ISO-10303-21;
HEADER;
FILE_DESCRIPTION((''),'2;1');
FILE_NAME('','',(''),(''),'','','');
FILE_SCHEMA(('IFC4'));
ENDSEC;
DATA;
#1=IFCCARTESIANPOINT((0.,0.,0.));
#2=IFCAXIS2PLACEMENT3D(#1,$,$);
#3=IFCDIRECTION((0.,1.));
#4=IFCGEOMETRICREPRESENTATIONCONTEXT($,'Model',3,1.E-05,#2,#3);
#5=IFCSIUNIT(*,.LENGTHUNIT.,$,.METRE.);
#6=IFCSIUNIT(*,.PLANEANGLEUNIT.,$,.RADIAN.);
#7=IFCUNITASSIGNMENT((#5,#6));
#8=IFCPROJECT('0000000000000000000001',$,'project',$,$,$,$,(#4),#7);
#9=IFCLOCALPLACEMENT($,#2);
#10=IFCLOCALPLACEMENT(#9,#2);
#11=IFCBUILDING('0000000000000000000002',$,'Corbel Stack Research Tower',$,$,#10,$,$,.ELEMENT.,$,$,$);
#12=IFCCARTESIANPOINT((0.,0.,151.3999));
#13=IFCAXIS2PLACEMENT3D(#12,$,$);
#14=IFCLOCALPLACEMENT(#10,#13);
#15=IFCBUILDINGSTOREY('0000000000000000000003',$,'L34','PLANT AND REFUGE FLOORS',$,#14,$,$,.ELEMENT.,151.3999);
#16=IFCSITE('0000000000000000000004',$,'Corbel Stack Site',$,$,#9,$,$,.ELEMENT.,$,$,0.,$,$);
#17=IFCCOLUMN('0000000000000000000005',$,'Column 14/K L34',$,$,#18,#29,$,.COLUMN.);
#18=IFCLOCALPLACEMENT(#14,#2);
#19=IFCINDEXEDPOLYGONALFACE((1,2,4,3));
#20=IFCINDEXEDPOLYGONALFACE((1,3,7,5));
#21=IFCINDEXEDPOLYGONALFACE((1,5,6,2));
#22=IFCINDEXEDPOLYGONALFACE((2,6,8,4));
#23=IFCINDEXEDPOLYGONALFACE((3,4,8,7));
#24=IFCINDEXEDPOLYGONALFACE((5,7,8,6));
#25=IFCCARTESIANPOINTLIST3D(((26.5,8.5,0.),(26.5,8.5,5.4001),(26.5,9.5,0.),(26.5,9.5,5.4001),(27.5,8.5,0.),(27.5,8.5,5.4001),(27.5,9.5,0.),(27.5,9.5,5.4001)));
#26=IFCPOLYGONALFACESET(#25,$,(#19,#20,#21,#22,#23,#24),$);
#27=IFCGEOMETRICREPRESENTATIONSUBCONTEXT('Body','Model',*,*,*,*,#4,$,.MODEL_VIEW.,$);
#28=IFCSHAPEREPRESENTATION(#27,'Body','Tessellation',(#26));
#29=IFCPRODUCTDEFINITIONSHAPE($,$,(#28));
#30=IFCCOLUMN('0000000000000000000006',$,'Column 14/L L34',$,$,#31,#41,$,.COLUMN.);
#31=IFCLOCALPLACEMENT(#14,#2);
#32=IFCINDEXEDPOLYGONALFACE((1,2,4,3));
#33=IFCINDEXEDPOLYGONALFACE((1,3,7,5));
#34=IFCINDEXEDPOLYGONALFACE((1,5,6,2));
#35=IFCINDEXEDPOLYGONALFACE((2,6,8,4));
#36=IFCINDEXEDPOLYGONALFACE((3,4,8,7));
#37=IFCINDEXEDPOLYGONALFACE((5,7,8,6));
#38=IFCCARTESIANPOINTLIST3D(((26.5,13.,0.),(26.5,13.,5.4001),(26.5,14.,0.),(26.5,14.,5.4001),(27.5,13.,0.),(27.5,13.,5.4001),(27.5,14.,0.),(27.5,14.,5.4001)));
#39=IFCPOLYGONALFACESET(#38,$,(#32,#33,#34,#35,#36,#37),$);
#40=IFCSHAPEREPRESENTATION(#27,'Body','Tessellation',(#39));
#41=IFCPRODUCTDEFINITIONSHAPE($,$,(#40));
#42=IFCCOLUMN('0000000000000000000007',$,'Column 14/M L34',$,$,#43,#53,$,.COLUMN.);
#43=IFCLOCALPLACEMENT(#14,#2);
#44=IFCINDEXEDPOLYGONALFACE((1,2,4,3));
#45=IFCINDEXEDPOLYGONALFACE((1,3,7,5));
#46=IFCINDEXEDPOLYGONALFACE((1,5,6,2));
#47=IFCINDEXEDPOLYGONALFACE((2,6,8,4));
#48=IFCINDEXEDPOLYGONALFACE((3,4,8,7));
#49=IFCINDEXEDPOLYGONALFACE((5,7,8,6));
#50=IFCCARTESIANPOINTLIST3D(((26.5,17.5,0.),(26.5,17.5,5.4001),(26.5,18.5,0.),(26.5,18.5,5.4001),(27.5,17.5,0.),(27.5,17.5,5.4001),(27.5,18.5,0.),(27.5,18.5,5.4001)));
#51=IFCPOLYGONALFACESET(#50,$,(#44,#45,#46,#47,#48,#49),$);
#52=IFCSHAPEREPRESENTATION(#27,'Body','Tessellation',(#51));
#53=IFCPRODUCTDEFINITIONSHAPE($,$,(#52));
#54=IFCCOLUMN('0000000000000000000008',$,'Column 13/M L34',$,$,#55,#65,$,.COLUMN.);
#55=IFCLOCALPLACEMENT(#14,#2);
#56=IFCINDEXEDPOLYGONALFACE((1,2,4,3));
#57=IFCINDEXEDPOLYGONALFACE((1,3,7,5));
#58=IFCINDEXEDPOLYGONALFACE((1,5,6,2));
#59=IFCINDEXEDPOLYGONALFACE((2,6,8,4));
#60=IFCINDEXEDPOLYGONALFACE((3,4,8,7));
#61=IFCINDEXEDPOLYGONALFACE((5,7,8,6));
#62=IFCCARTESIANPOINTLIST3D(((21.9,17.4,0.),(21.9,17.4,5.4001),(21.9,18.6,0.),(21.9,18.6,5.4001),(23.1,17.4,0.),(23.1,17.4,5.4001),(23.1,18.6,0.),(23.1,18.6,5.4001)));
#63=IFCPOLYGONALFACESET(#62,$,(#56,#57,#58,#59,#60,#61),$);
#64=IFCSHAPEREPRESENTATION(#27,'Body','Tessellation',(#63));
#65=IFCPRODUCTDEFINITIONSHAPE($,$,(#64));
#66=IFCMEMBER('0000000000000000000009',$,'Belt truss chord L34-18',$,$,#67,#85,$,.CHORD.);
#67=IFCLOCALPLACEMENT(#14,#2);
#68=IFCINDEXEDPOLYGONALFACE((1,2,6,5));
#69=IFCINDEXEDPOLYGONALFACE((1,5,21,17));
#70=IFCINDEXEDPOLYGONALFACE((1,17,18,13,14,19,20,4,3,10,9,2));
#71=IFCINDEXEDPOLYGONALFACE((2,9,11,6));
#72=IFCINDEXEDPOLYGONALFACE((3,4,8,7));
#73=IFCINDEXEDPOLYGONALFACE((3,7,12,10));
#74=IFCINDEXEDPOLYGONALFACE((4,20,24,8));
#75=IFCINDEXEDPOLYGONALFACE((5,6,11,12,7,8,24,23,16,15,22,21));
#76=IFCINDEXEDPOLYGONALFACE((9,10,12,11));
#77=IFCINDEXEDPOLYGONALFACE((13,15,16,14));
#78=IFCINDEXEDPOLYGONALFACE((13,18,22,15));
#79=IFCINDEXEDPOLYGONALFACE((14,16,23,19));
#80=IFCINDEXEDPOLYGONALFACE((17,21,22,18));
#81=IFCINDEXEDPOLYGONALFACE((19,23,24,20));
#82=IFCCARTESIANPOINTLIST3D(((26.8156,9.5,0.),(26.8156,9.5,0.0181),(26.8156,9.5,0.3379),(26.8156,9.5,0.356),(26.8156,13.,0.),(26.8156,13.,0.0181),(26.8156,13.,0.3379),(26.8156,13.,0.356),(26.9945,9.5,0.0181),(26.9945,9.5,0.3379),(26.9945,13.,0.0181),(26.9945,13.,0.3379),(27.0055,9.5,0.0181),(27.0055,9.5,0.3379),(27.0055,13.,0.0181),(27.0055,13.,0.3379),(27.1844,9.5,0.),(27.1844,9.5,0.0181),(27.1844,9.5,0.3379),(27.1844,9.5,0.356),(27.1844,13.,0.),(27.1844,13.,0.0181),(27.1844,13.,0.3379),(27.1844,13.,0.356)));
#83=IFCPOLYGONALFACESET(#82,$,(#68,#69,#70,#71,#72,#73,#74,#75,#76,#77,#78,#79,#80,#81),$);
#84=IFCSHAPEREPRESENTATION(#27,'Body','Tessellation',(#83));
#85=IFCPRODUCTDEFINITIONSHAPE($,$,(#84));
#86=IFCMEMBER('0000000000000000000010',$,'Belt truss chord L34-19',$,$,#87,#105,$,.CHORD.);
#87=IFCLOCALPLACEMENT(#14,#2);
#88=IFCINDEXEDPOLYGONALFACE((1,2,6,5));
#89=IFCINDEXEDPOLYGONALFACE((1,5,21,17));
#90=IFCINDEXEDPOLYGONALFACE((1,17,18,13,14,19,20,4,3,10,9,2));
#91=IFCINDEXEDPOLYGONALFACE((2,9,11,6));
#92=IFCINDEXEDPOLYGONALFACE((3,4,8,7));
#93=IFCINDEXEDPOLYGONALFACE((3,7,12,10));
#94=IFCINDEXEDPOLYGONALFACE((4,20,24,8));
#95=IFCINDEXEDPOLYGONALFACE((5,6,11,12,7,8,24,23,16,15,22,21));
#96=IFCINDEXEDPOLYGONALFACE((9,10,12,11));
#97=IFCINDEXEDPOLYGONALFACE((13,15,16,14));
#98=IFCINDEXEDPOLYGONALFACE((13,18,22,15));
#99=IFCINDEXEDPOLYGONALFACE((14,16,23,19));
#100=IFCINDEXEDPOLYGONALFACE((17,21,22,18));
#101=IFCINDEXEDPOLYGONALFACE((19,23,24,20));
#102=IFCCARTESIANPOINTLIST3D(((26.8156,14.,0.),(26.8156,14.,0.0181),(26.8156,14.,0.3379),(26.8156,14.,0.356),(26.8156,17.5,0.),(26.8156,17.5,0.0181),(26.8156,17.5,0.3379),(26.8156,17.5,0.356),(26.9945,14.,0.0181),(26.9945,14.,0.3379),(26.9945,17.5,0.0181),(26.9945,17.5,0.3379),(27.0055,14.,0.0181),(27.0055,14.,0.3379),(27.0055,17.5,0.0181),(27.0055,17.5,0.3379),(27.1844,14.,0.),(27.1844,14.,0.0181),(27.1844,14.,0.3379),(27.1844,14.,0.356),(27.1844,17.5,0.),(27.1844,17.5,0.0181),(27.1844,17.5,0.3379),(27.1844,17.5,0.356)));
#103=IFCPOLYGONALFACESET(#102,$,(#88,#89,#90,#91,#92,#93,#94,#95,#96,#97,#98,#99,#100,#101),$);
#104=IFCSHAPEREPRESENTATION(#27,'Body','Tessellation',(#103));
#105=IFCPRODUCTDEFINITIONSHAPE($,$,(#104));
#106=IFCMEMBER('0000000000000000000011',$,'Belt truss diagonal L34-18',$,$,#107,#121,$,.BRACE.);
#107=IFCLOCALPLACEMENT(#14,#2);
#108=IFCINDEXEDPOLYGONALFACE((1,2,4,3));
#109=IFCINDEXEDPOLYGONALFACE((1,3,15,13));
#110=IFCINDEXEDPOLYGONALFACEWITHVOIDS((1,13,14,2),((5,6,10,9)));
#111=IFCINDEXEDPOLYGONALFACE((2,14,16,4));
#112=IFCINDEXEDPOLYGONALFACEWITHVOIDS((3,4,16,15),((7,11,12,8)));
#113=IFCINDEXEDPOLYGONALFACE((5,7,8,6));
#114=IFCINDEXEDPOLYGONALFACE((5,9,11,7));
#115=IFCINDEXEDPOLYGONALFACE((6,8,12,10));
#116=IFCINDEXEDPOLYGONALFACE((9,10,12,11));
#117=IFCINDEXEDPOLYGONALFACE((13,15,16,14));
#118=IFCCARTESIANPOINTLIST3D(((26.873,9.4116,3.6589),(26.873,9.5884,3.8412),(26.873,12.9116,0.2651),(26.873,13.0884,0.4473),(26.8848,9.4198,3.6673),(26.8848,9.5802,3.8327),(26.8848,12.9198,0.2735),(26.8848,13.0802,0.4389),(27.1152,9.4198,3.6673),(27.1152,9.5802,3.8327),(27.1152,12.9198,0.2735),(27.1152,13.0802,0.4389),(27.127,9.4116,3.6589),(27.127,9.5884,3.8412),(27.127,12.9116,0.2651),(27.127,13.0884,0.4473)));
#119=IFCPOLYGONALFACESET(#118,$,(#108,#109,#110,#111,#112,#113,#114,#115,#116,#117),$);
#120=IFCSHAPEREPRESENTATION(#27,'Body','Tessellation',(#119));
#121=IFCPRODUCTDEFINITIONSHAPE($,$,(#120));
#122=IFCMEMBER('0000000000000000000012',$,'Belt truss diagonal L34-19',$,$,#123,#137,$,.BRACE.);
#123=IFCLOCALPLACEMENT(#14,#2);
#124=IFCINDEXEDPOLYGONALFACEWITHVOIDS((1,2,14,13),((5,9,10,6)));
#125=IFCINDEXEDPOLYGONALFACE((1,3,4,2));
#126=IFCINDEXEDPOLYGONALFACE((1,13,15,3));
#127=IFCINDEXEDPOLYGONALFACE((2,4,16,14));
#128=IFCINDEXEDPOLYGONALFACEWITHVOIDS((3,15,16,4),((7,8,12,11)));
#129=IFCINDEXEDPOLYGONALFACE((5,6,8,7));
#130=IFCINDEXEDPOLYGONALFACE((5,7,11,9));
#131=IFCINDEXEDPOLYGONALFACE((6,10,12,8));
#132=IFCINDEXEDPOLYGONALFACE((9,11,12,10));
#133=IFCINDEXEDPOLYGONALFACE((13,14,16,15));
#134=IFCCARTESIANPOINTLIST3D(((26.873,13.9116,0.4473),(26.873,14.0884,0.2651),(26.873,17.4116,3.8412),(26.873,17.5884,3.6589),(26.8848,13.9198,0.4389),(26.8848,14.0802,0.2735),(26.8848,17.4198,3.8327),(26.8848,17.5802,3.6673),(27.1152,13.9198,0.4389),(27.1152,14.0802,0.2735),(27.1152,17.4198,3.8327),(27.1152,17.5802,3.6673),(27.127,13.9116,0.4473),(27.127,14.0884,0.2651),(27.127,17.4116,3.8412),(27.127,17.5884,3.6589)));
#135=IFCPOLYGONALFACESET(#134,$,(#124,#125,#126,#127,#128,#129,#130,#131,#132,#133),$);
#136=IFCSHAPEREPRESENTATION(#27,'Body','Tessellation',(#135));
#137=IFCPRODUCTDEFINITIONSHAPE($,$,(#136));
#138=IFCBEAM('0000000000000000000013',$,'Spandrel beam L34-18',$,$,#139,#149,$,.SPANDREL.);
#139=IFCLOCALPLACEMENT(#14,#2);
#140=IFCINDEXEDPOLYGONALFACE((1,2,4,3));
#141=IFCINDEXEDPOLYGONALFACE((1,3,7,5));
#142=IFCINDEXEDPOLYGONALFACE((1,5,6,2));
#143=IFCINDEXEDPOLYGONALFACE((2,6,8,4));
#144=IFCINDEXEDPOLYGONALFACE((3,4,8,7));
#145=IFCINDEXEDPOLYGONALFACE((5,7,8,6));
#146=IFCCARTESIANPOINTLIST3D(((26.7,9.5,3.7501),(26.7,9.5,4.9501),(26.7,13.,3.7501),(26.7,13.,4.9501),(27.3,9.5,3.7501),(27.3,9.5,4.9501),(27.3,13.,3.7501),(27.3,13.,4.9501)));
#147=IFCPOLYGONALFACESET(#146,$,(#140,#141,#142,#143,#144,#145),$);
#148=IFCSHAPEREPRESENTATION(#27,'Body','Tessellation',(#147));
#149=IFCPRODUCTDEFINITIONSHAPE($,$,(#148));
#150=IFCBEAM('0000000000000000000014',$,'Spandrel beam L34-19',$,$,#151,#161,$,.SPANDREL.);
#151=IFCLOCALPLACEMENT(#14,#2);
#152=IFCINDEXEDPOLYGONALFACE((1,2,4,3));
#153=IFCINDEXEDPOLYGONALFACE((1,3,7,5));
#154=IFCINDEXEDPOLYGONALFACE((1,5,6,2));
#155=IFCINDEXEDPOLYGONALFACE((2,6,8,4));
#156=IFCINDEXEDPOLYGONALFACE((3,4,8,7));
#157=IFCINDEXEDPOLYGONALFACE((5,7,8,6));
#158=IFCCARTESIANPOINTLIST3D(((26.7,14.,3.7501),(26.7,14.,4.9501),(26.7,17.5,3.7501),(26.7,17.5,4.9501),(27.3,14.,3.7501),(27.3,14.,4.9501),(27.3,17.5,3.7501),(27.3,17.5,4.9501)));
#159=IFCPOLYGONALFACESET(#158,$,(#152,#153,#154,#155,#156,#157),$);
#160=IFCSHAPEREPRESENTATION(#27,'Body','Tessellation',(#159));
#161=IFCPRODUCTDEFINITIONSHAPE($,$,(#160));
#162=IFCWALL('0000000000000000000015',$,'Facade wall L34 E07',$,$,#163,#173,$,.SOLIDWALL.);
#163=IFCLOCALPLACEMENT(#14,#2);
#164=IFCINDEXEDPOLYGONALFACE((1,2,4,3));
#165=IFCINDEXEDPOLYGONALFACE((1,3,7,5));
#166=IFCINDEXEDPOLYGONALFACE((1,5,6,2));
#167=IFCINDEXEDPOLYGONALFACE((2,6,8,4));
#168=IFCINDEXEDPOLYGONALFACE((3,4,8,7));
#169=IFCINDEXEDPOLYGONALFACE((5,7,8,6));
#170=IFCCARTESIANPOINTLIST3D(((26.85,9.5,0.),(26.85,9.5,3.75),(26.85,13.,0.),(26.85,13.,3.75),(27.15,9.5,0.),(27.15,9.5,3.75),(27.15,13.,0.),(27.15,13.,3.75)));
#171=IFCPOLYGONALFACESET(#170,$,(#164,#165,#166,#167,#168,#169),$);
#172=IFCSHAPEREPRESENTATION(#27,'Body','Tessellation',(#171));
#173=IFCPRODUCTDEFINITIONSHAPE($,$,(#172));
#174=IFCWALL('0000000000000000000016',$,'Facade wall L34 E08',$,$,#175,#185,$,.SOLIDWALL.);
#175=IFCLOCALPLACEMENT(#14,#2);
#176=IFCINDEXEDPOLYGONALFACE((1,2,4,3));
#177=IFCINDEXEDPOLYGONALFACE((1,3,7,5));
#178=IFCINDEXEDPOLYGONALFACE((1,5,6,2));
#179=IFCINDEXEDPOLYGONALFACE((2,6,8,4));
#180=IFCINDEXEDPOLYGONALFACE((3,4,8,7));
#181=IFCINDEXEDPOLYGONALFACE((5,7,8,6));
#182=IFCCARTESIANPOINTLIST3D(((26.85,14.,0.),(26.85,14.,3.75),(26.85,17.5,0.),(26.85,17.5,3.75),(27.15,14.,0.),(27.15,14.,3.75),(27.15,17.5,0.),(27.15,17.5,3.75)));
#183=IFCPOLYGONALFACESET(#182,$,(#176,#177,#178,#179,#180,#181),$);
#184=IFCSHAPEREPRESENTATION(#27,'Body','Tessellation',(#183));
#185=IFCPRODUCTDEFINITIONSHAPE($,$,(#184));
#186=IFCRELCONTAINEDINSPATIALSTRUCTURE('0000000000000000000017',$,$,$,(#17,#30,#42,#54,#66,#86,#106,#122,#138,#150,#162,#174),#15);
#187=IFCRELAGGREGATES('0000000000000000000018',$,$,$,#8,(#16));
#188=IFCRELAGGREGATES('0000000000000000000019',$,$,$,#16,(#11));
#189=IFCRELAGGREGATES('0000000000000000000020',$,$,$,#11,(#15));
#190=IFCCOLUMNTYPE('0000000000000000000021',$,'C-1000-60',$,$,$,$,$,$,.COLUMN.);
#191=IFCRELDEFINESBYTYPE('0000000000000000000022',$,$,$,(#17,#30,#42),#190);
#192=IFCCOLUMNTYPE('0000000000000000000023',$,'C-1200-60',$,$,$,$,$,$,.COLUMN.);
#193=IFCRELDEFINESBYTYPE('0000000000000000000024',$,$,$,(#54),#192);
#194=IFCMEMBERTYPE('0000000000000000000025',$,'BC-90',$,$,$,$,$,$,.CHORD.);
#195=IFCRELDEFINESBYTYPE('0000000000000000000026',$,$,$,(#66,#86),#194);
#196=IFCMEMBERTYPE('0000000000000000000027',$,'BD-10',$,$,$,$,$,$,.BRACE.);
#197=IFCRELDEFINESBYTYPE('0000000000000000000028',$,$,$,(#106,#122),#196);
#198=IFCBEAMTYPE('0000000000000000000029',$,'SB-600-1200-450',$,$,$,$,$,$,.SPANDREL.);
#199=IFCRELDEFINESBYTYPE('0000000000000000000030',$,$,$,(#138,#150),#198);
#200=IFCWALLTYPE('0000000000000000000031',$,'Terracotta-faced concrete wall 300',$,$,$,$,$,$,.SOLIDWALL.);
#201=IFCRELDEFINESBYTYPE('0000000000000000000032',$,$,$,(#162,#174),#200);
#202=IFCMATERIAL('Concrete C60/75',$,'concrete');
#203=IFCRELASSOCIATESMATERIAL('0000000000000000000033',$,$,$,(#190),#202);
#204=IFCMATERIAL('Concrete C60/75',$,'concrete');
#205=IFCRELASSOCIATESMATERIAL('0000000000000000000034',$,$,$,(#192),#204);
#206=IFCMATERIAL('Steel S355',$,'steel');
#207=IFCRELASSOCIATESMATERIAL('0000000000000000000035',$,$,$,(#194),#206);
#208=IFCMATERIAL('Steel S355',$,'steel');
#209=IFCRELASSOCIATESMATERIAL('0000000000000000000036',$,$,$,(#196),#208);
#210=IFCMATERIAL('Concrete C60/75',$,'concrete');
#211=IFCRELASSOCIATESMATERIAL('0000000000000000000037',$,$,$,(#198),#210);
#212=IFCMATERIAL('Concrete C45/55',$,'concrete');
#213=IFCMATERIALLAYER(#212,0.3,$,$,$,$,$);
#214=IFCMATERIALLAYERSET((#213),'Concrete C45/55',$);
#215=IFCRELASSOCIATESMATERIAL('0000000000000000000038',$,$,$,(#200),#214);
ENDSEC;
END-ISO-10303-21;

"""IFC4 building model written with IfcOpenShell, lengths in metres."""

from ifc_helpers import new_model, si_unit, direction, frame, frame_2d, origin, origin_2d, place, context, subcontext, project, spatial, rectangle, hollow_rectangle, i_section, extrude, material, layer, layer_set, material_profile, profile_set, type_object, element, save


model = new_model("IFC4")

# Units and contexts
model_context = context("Model", 3, precision=1e-05, world=origin(), true_north=direction((0.0, 1.0)))
body_context = subcontext(model_context, "Body", "Model", "MODEL_VIEW")
ifc_project = project(units=[si_unit("LENGTHUNIT", "METRE"), si_unit("PLANEANGLEUNIT", "RADIAN")], contexts=[model_context])

# Site, building, storey
site_placement = place(None, origin())
site = spatial("IfcSite", under=ifc_project, at=site_placement, Name="Corbel Stack Site", CompositionType="ELEMENT", RefElevation=0.0)
building_placement = place(site_placement, origin())
building = spatial("IfcBuilding", under=site, at=building_placement, Name="Corbel Stack Research Tower", CompositionType="ELEMENT")
storey_placement = place(building_placement, frame((0.0, 0.0, 151.3999)))
storey = spatial("IfcBuildingStorey", under=building, at=storey_placement, Name="L34", Description="PLANT AND REFUGE FLOORS", CompositionType="ELEMENT", Elevation=151.3999)

# Columns
ifc_material_1 = material(Name="Concrete C60/75", Category="concrete")
ifc_material_profile_1 = material_profile(ifc_material_1, rectangle(XDim=1.0, YDim=1.0, at=origin_2d()), Name="RC 1000 x 1000")
ifc_profile_set_1 = profile_set([ifc_material_profile_1], Name="Concrete C60/75")
column_type_1 = type_object("IfcColumnType", Name="C-1000-60", PredefinedType="COLUMN", material=ifc_profile_set_1)
for number, where, z_axis, x_axis, name in (
    (1, (27.0, 9.0, 0.0), (0.0, 0.0, 1.0), (1.0, 0.0, 0.0), "Column 14/K L34"),
    (2, (27.0, 13.5, 0.0), (0.0, 0.0, 1.0), (1.0, 0.0, 0.0), "Column 14/L L34"),
    (3, (27.0, 18.0, 0.0), (0.0, 0.0, 1.0), (1.0, 0.0, 0.0), "Column 14/M L34"),
):
    element("IfcColumn", number, at=place(storey_placement, frame(where, z_axis=z_axis, x_axis=x_axis)), inside=storey, type_object=column_type_1, Name=name, PredefinedType="COLUMN", context=body_context, shape_type="SweptSolid", body=[
        extrude(rectangle(XDim=1.0, YDim=1.0, at=origin_2d()), origin(), (0.0, 0.0, 1.0), 5.4001),
    ])
ifc_material_2 = material(Name="Concrete C60/75", Category="concrete")
ifc_material_profile_2 = material_profile(ifc_material_2, rectangle(XDim=1.2, YDim=1.2, at=origin_2d()), Name="RC 1200 x 1200")
ifc_profile_set_2 = profile_set([ifc_material_profile_2], Name="Concrete C60/75")
column_type_2 = type_object("IfcColumnType", Name="C-1200-60", PredefinedType="COLUMN", material=ifc_profile_set_2)
column_placement = place(storey_placement, frame((22.5, 18.0, 0.0), z_axis=(0.0, 0.0, 1.0), x_axis=(1.0, 0.0, 0.0)))
element("IfcColumn", 4, at=column_placement, inside=storey, type_object=column_type_2, Name="Column 13/M L34", PredefinedType="COLUMN", context=body_context, shape_type="SweptSolid", body=[
    extrude(rectangle(XDim=1.2, YDim=1.2, at=origin_2d()), origin(), (0.0, 0.0, 1.0), 5.4001),
])

# Members
ifc_material_3 = material(Name="Steel S355", Category="steel")
ifc_material_profile_3 = material_profile(ifc_material_3, i_section(OverallWidth=0.3689, OverallDepth=0.356, WebThickness=0.011, FlangeThickness=0.0181, at=origin_2d()), Name="W14x90")
ifc_profile_set_3 = profile_set([ifc_material_profile_3], Name="Steel S355")
member_type_1 = type_object("IfcMemberType", Name="BC-90", PredefinedType="CHORD", material=ifc_profile_set_3)
for number, where, z_axis, x_axis, name in (
    (5, (27.0, 9.5, 0.178), (0.0, 1.0, 0.0), (-1.0, 0.0, 0.0), "Belt truss chord L34-18"),
    (6, (27.0, 14.0, 0.178), (0.0, 1.0, 0.0), (-1.0, 0.0, 0.0), "Belt truss chord L34-19"),
):
    element("IfcMember", number, at=place(storey_placement, frame(where, z_axis=z_axis, x_axis=x_axis)), inside=storey, type_object=member_type_1, Name=name, PredefinedType="CHORD", context=body_context, shape_type="SweptSolid", body=[
        extrude(i_section(OverallWidth=0.3689, OverallDepth=0.356, WebThickness=0.011, FlangeThickness=0.0181, at=origin_2d()), origin(), (0.0, 0.0, 1.0), 3.5),
    ])
ifc_material_4 = material(Name="Steel S355", Category="steel")
ifc_material_profile_4 = material_profile(ifc_material_4, hollow_rectangle(XDim=0.2539, YDim=0.2539, WallThickness=0.0117, at=origin_2d()), Name="HSS10x10x1/2")
ifc_profile_set_4 = profile_set([ifc_material_profile_4], Name="Steel S355")
member_type_2 = type_object("IfcMemberType", Name="BD-10", PredefinedType="BRACE", material=ifc_profile_set_4)
for number, where, z_axis, x_axis, name in (
    (7, (27.0, 13.0, 0.3562), (0.0, -0.717915, 0.696131), (1.0, 0.0, 0.0), "Belt truss diagonal L34-18"),
    (8, (27.0, 14.0, 0.3562), (0.0, 0.717915, 0.696131), (-1.0, 0.0, 0.0), "Belt truss diagonal L34-19"),
):
    element("IfcMember", number, at=place(storey_placement, frame(where, z_axis=z_axis, x_axis=x_axis)), inside=storey, type_object=member_type_2, Name=name, PredefinedType="BRACE", context=body_context, shape_type="SweptSolid", body=[
        extrude(hollow_rectangle(XDim=0.2539, YDim=0.2539, WallThickness=0.0117, at=origin_2d()), origin(), (0.0, 0.0, 1.0), 4.8752),
    ])

# Beams
ifc_material_5 = material(Name="Concrete C60/75", Category="concrete")
ifc_material_profile_5 = material_profile(ifc_material_5, rectangle(XDim=0.6001, YDim=1.2, at=origin_2d()), Name="RC 600 x 1200")
ifc_profile_set_5 = profile_set([ifc_material_profile_5], Name="Concrete C60/75")
beam_type = type_object("IfcBeamType", Name="SB-600-1200-450", PredefinedType="SPANDREL", material=ifc_profile_set_5)
for number, where, z_axis, x_axis, name in (
    (9, (27.0, 9.5, 4.3501), (0.0, 1.0, 0.0), (-1.0, 0.0, 0.0), "Spandrel beam L34-18"),
    (10, (27.0, 14.0, 4.3501), (0.0, 1.0, 0.0), (-1.0, 0.0, 0.0), "Spandrel beam L34-19"),
):
    element("IfcBeam", number, at=place(storey_placement, frame(where, z_axis=z_axis, x_axis=x_axis)), inside=storey, type_object=beam_type, Name=name, PredefinedType="SPANDREL", context=body_context, shape_type="SweptSolid", body=[
        extrude(rectangle(XDim=0.6001, YDim=1.2, at=origin_2d()), origin(), (0.0, 0.0, 1.0), 3.5),
    ])

# Walls
ifc_material_6 = material(Name="Concrete C45/55", Category="concrete")
ifc_layer_1 = layer(ifc_material_6, 0.3)
ifc_layer_set_1 = layer_set([ifc_layer_1], Name="Concrete C45/55")
wall_type = type_object("IfcWallType", Name="Terracotta-faced concrete wall 300", PredefinedType="SOLIDWALL", material=ifc_layer_set_1)
for number, where, z_axis, x_axis, name in (
    (11, (27.0, 13.0, 0.0), (0.0, 0.0, 1.0), (0.0, -1.0, 0.0), "Facade wall L34 E07"),
    (12, (27.0, 17.5, 0.0), (0.0, 0.0, 1.0), (0.0, -1.0, 0.0), "Facade wall L34 E08"),
):
    element("IfcWall", number, at=place(storey_placement, frame(where, z_axis=z_axis, x_axis=x_axis)), inside=storey, type_object=wall_type, Name=name, PredefinedType="SOLIDWALL", context=body_context, shape_type="SweptSolid", body=[
        extrude(rectangle(XDim=3.5, YDim=0.3, at=frame_2d((1.75, 0.0))), origin(), (0.0, 0.0, 1.0), 3.75),
    ])

save(model, "model.ifc")
